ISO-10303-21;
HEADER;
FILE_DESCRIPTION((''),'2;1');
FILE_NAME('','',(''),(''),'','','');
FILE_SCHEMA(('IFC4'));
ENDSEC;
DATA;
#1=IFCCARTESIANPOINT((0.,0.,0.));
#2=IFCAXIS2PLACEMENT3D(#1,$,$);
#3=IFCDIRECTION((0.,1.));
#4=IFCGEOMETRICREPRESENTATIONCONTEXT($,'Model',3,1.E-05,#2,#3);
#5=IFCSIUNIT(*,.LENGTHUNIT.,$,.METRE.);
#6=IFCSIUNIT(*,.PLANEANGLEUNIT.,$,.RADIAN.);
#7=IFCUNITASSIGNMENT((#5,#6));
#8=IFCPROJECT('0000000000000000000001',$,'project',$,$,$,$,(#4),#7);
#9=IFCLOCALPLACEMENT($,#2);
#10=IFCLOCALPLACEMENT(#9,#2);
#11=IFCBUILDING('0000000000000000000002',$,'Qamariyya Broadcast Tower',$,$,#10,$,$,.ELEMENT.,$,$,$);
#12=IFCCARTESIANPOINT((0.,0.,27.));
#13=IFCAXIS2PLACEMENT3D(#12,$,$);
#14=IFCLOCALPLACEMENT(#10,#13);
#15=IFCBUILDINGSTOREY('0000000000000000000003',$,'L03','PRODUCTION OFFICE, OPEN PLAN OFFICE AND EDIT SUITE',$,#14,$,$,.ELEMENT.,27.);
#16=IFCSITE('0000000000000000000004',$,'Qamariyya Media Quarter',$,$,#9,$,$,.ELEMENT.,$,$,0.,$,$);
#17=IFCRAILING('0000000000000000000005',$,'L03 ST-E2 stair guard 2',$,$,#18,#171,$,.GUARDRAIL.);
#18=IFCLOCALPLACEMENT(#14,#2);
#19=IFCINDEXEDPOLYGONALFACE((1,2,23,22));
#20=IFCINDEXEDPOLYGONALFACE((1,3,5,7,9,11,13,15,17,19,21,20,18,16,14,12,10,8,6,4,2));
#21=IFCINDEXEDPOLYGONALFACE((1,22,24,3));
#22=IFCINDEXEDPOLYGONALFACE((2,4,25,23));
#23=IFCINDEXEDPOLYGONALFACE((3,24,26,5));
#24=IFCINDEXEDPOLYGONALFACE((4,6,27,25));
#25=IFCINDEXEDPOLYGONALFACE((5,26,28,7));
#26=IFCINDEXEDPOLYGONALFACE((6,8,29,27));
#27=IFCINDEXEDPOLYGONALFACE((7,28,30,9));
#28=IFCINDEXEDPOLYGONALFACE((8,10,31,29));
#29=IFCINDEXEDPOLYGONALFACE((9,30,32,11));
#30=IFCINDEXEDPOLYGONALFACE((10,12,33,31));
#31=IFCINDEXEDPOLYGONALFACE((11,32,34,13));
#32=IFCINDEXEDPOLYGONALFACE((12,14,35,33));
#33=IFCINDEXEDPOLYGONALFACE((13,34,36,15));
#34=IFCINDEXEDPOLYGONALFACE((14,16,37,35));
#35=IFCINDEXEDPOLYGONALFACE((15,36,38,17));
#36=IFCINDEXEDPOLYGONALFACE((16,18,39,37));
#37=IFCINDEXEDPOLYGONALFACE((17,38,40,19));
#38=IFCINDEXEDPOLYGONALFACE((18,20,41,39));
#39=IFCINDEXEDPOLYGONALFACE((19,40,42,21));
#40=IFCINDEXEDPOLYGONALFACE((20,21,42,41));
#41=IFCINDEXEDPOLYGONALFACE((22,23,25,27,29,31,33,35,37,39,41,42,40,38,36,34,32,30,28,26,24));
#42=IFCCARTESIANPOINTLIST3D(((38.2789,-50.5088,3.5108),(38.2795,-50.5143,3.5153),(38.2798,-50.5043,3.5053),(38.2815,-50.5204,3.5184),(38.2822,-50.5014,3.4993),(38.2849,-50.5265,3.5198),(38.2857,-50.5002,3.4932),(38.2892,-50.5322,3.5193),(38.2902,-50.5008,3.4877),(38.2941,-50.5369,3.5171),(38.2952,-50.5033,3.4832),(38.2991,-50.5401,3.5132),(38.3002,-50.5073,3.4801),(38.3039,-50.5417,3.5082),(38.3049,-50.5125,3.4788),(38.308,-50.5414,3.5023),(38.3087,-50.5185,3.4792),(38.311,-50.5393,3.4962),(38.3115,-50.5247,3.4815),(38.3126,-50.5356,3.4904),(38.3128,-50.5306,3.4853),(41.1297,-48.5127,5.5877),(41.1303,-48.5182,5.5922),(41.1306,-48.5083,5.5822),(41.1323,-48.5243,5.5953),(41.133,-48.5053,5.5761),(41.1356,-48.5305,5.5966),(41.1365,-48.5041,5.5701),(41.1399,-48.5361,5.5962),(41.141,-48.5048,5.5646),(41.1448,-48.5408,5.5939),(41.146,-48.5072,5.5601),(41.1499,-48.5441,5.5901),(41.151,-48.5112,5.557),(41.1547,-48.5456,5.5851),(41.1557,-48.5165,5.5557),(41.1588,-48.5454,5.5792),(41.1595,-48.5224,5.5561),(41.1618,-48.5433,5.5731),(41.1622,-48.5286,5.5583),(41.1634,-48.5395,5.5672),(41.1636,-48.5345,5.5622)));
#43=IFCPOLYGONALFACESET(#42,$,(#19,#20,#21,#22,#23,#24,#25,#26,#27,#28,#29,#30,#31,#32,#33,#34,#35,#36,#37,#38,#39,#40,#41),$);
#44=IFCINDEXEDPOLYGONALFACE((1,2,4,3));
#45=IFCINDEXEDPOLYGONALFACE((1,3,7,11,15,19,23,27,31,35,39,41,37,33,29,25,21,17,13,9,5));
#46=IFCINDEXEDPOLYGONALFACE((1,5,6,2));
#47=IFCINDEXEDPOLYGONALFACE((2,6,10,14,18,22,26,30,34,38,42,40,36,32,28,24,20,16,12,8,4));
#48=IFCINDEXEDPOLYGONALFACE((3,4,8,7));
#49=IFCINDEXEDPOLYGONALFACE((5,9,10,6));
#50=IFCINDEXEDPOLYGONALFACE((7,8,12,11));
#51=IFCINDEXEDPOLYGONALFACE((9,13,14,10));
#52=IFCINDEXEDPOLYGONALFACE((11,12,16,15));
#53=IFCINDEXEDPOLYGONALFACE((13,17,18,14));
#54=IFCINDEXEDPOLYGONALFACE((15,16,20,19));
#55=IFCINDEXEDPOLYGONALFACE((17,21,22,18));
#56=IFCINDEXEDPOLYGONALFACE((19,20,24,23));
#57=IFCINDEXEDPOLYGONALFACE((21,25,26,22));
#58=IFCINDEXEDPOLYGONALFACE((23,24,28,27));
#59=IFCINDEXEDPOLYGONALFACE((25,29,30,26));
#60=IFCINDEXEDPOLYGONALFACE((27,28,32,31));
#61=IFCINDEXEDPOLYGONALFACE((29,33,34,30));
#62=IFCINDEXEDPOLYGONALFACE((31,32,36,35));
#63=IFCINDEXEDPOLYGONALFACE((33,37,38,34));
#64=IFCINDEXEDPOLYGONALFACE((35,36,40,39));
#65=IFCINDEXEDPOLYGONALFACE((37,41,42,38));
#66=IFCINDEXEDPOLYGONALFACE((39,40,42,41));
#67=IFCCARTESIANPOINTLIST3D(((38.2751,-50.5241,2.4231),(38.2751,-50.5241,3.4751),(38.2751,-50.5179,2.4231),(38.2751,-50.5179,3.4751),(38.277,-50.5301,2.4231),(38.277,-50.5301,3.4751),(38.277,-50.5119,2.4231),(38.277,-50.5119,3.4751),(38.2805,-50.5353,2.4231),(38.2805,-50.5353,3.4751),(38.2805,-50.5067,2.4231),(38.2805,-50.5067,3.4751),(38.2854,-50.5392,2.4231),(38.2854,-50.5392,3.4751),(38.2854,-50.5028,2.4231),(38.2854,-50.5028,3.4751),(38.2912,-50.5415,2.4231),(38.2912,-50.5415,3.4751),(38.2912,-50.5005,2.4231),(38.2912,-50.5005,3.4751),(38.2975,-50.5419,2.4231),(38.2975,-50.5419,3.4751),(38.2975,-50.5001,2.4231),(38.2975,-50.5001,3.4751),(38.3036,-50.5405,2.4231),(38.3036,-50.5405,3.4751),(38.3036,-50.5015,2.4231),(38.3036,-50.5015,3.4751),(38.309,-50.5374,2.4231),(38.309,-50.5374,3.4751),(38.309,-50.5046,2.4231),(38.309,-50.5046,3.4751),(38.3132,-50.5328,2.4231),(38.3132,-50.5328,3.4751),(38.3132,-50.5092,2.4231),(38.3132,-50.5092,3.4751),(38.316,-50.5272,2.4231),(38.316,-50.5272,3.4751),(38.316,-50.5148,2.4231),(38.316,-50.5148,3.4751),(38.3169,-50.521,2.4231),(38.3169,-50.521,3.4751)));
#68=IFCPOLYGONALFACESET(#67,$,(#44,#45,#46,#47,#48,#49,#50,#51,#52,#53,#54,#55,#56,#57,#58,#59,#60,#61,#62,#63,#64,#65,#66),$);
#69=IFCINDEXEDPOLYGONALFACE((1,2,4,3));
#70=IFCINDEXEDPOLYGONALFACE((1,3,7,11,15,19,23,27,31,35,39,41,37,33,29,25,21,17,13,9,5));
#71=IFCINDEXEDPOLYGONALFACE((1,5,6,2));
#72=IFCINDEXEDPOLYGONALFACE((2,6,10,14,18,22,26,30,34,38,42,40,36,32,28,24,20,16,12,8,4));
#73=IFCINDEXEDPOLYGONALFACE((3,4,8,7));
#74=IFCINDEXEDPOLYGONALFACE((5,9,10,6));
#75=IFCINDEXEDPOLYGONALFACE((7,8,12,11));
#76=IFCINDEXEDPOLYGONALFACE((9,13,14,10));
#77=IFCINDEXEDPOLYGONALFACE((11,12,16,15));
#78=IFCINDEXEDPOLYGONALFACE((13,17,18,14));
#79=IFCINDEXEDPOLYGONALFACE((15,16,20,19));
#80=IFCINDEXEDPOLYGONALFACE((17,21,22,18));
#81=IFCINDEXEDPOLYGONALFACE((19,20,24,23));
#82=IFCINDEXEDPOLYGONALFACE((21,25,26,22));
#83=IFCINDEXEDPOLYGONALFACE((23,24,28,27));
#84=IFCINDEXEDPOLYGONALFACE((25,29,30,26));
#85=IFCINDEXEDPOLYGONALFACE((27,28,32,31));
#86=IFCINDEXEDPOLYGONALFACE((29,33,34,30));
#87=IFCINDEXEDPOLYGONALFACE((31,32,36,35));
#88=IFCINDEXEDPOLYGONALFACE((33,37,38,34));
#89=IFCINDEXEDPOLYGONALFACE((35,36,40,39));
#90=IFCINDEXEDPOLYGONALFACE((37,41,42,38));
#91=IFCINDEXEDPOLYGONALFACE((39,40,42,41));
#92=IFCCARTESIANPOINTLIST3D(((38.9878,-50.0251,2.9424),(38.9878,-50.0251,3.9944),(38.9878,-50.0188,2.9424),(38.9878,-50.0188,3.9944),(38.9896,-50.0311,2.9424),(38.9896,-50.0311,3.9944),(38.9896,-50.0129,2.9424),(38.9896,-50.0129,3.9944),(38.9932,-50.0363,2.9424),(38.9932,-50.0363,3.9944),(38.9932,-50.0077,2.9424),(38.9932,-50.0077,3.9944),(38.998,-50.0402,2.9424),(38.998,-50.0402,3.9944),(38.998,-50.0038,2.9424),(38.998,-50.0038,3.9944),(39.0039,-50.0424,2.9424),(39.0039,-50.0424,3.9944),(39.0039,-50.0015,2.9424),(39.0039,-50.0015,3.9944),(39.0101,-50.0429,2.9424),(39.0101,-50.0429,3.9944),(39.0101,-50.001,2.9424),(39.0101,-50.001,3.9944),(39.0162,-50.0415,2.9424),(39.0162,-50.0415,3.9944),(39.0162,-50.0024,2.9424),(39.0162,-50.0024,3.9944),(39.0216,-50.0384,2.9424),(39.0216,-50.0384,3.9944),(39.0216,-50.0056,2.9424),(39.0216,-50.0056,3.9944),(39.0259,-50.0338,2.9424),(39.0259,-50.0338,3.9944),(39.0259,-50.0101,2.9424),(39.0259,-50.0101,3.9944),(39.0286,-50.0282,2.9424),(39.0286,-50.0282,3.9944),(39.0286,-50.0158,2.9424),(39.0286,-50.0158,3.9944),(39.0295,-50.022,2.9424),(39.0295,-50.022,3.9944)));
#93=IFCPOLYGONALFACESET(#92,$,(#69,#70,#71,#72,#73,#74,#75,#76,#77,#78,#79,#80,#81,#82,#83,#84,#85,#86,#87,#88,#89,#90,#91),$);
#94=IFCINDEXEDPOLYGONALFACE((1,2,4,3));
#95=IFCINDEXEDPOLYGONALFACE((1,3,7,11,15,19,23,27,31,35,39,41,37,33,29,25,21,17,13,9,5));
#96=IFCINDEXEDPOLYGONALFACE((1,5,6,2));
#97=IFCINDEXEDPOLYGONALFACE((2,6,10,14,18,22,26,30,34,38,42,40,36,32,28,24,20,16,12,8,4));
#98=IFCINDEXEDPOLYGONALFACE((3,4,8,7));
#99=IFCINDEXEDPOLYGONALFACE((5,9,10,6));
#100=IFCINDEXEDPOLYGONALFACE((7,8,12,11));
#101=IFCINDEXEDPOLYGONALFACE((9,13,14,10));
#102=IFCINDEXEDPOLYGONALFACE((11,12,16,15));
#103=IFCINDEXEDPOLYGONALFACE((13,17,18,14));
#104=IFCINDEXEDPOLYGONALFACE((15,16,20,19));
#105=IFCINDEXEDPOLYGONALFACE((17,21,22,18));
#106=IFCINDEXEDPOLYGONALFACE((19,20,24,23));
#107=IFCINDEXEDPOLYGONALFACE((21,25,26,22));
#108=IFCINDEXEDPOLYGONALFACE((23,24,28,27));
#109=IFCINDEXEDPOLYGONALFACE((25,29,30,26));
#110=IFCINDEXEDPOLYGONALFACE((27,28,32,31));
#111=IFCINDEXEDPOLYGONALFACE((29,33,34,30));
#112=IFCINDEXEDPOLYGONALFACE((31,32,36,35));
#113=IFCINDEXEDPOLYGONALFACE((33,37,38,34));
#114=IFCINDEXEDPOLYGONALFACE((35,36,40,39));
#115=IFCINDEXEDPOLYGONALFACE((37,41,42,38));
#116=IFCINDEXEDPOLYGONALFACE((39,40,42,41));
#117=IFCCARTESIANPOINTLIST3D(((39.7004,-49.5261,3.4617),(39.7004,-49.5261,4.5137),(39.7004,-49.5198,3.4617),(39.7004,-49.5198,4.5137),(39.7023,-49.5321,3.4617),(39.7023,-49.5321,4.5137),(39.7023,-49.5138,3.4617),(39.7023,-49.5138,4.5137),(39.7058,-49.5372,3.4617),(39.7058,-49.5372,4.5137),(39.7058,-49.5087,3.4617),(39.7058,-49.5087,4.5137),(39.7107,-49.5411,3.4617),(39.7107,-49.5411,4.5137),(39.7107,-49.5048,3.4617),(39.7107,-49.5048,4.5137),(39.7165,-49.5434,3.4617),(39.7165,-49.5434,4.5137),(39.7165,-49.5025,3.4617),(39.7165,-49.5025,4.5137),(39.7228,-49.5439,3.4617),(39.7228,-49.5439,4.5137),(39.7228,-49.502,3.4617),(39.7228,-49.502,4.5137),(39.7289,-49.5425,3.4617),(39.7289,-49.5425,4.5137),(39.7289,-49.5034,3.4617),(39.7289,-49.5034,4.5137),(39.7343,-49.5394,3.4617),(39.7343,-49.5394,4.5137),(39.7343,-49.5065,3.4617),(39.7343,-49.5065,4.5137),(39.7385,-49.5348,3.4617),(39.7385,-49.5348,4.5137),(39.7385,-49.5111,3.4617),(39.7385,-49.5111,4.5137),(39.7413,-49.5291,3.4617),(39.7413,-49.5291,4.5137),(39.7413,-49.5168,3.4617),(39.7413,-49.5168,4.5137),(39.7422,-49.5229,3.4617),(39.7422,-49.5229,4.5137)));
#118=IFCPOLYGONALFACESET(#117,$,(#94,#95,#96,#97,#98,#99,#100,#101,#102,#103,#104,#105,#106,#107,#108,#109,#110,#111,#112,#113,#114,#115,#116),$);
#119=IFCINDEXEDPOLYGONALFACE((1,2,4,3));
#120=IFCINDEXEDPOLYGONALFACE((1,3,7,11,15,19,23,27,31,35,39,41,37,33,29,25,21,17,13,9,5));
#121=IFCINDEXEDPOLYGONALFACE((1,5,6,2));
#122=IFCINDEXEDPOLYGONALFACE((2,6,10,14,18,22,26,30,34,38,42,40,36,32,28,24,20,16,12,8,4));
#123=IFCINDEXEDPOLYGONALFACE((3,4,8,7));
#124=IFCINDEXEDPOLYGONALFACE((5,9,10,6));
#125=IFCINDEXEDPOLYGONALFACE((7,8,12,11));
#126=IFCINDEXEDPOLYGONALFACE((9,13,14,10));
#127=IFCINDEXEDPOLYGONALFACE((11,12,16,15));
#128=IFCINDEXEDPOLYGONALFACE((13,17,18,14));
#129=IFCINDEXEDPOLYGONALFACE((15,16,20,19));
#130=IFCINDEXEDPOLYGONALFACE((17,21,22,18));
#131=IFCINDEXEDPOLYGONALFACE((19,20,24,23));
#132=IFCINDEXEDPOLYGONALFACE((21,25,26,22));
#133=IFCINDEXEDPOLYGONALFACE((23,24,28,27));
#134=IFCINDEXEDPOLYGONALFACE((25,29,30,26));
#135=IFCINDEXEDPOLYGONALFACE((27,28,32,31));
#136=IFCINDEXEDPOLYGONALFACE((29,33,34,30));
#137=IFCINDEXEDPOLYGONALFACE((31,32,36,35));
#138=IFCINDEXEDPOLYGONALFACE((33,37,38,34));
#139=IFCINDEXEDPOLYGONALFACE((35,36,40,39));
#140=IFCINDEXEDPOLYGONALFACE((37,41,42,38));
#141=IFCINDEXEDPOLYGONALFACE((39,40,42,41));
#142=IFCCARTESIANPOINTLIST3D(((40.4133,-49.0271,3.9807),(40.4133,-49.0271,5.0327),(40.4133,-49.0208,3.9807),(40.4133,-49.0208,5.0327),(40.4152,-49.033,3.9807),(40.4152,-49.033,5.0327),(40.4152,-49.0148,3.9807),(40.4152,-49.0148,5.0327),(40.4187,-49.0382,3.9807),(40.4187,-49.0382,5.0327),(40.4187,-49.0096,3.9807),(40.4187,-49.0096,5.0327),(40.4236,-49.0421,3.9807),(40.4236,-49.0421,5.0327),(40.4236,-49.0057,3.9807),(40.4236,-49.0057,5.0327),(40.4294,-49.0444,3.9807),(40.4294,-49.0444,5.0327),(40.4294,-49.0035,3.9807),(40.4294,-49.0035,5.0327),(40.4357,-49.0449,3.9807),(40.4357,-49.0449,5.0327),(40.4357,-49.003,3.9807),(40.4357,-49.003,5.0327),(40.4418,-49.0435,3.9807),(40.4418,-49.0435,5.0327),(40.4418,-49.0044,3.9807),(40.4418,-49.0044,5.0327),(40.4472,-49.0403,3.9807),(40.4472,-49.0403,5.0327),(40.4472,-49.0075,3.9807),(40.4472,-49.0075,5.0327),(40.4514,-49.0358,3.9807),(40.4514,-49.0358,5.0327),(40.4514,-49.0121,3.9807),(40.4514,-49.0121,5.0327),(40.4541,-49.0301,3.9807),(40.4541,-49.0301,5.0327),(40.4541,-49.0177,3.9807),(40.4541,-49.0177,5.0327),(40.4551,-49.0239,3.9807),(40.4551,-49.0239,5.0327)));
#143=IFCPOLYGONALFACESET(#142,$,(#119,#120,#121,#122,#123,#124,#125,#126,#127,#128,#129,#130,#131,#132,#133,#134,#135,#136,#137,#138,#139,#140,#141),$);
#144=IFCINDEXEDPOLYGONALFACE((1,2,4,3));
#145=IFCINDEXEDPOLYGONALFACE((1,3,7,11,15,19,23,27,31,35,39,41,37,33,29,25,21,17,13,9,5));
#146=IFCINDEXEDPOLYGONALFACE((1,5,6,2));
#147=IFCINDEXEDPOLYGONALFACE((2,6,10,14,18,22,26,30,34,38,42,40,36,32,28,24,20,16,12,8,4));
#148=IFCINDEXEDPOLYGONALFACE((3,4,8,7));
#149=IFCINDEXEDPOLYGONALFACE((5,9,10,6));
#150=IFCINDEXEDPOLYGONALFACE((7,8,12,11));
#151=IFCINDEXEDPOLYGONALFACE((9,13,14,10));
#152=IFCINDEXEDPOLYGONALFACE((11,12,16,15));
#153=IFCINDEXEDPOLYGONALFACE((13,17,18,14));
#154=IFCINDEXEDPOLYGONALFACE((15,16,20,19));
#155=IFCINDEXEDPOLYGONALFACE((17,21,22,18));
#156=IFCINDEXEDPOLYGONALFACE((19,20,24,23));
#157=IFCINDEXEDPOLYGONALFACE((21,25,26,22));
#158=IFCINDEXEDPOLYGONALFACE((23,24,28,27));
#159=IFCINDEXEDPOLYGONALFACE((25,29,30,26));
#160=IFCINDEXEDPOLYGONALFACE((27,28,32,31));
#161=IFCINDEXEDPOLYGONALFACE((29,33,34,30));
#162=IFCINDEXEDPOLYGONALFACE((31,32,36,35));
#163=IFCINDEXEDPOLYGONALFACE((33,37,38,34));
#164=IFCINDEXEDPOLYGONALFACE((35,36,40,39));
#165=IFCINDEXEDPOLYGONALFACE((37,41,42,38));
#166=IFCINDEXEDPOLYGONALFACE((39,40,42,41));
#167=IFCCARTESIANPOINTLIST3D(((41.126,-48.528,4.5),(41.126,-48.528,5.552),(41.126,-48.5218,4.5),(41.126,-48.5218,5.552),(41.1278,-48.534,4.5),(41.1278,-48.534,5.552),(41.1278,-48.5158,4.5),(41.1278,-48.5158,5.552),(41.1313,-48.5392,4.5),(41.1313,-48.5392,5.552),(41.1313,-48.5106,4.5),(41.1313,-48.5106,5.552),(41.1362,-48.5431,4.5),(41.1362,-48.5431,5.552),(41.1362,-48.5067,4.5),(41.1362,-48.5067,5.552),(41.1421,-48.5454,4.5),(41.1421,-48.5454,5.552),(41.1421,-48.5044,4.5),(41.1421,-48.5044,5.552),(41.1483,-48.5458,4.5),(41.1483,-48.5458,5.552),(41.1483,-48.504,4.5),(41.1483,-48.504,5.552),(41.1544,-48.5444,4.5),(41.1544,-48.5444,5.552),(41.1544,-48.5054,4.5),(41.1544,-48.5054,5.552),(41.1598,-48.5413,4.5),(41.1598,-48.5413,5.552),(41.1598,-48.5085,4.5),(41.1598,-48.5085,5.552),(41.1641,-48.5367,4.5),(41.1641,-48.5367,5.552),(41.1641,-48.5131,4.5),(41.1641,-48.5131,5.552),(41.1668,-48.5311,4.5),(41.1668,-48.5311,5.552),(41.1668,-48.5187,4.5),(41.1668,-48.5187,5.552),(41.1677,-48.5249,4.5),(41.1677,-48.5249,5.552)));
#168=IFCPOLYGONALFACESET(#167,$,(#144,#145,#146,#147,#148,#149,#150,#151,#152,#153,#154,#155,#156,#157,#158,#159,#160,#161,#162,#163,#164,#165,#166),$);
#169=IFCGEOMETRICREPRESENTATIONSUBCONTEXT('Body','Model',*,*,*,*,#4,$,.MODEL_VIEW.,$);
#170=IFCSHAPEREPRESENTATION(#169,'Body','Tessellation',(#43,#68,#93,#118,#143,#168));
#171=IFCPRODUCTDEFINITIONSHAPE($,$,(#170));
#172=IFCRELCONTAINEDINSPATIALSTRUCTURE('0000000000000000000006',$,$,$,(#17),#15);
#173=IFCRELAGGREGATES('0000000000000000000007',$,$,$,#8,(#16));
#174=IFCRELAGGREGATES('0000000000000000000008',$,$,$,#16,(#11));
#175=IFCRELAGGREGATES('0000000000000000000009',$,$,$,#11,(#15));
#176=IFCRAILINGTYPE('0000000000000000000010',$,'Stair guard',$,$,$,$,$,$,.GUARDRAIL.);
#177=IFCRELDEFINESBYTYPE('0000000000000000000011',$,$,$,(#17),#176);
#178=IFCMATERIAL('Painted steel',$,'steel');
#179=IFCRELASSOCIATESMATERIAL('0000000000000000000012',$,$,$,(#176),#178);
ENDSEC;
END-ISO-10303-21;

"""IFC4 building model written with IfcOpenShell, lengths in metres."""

from ifc_helpers import new_model, si_unit, direction, frame, origin, origin_2d, place, context, subcontext, project, spatial, circle, extrude, material, type_object, element, save


model = new_model("IFC4")

# Units and contexts
model_context = context("Model", 3, precision=1e-05, world=origin(), true_north=direction((0.0, 1.0)))
body_context = subcontext(model_context, "Body", "Model", "MODEL_VIEW")
ifc_project = project(units=[si_unit("LENGTHUNIT", "METRE"), si_unit("PLANEANGLEUNIT", "RADIAN")], contexts=[model_context])

# Site, building, storey
site_placement = place(None, origin())
site = spatial("IfcSite", under=ifc_project, at=site_placement, Name="Qamariyya Media Quarter", CompositionType="ELEMENT", RefElevation=0.0)
building_placement = place(site_placement, origin())
building = spatial("IfcBuilding", under=site, at=building_placement, Name="Qamariyya Broadcast Tower", CompositionType="ELEMENT")
storey_placement = place(building_placement, frame((0.0, 0.0, 27.0)))
storey = spatial("IfcBuildingStorey", under=building, at=storey_placement, Name="L03", Description="PRODUCTION OFFICE, OPEN PLAN OFFICE AND EDIT SUITE", CompositionType="ELEMENT", Elevation=27.0)

# Railing
ifc_material_1 = material(Name="Painted steel", Category="steel")
railing_type_1 = type_object("IfcRailingType", Name="Stair guard", PredefinedType="GUARDRAIL", material=ifc_material_1)
railing_1_placement = place(storey_placement, frame((38.2959, -50.521, 2.4231)))
element("IfcRailing", 1, at=railing_1_placement, inside=storey, type_object=railing_type_1, Name="L03 ST-E2 stair guard 2", PredefinedType="GUARDRAIL", context=body_context, shape_type="SweptSolid", body=[
    extrude(circle(Radius=0.0239, at=origin_2d()), frame((0.0, 0.0, 1.0762), z_axis=(0.703423, 0.492523, 0.512462), x_axis=(-0.573561, 0.819163, 0.0)), (0.0, 0.0, 1.0), 4.0527),
    extrude(circle(Radius=0.021, at=origin_2d()), origin(), (0.0, 0.0, 1.0), 1.052),
    extrude(circle(Radius=0.021, at=origin_2d()), frame((0.7126, 0.499, 0.5193)), (0.0, 0.0, 1.0), 1.052),
    extrude(circle(Radius=0.021, at=origin_2d()), frame((1.4253, 0.998, 1.0386)), (0.0, 0.0, 1.0), 1.052),
    extrude(circle(Radius=0.021, at=origin_2d()), frame((2.1382, 1.4971, 1.5576)), (0.0, 0.0, 1.0), 1.052),
    extrude(circle(Radius=0.021, at=origin_2d()), frame((2.8508, 1.9961, 2.0769)), (0.0, 0.0, 1.0), 1.052),
])

save(model, "model.ifc")
